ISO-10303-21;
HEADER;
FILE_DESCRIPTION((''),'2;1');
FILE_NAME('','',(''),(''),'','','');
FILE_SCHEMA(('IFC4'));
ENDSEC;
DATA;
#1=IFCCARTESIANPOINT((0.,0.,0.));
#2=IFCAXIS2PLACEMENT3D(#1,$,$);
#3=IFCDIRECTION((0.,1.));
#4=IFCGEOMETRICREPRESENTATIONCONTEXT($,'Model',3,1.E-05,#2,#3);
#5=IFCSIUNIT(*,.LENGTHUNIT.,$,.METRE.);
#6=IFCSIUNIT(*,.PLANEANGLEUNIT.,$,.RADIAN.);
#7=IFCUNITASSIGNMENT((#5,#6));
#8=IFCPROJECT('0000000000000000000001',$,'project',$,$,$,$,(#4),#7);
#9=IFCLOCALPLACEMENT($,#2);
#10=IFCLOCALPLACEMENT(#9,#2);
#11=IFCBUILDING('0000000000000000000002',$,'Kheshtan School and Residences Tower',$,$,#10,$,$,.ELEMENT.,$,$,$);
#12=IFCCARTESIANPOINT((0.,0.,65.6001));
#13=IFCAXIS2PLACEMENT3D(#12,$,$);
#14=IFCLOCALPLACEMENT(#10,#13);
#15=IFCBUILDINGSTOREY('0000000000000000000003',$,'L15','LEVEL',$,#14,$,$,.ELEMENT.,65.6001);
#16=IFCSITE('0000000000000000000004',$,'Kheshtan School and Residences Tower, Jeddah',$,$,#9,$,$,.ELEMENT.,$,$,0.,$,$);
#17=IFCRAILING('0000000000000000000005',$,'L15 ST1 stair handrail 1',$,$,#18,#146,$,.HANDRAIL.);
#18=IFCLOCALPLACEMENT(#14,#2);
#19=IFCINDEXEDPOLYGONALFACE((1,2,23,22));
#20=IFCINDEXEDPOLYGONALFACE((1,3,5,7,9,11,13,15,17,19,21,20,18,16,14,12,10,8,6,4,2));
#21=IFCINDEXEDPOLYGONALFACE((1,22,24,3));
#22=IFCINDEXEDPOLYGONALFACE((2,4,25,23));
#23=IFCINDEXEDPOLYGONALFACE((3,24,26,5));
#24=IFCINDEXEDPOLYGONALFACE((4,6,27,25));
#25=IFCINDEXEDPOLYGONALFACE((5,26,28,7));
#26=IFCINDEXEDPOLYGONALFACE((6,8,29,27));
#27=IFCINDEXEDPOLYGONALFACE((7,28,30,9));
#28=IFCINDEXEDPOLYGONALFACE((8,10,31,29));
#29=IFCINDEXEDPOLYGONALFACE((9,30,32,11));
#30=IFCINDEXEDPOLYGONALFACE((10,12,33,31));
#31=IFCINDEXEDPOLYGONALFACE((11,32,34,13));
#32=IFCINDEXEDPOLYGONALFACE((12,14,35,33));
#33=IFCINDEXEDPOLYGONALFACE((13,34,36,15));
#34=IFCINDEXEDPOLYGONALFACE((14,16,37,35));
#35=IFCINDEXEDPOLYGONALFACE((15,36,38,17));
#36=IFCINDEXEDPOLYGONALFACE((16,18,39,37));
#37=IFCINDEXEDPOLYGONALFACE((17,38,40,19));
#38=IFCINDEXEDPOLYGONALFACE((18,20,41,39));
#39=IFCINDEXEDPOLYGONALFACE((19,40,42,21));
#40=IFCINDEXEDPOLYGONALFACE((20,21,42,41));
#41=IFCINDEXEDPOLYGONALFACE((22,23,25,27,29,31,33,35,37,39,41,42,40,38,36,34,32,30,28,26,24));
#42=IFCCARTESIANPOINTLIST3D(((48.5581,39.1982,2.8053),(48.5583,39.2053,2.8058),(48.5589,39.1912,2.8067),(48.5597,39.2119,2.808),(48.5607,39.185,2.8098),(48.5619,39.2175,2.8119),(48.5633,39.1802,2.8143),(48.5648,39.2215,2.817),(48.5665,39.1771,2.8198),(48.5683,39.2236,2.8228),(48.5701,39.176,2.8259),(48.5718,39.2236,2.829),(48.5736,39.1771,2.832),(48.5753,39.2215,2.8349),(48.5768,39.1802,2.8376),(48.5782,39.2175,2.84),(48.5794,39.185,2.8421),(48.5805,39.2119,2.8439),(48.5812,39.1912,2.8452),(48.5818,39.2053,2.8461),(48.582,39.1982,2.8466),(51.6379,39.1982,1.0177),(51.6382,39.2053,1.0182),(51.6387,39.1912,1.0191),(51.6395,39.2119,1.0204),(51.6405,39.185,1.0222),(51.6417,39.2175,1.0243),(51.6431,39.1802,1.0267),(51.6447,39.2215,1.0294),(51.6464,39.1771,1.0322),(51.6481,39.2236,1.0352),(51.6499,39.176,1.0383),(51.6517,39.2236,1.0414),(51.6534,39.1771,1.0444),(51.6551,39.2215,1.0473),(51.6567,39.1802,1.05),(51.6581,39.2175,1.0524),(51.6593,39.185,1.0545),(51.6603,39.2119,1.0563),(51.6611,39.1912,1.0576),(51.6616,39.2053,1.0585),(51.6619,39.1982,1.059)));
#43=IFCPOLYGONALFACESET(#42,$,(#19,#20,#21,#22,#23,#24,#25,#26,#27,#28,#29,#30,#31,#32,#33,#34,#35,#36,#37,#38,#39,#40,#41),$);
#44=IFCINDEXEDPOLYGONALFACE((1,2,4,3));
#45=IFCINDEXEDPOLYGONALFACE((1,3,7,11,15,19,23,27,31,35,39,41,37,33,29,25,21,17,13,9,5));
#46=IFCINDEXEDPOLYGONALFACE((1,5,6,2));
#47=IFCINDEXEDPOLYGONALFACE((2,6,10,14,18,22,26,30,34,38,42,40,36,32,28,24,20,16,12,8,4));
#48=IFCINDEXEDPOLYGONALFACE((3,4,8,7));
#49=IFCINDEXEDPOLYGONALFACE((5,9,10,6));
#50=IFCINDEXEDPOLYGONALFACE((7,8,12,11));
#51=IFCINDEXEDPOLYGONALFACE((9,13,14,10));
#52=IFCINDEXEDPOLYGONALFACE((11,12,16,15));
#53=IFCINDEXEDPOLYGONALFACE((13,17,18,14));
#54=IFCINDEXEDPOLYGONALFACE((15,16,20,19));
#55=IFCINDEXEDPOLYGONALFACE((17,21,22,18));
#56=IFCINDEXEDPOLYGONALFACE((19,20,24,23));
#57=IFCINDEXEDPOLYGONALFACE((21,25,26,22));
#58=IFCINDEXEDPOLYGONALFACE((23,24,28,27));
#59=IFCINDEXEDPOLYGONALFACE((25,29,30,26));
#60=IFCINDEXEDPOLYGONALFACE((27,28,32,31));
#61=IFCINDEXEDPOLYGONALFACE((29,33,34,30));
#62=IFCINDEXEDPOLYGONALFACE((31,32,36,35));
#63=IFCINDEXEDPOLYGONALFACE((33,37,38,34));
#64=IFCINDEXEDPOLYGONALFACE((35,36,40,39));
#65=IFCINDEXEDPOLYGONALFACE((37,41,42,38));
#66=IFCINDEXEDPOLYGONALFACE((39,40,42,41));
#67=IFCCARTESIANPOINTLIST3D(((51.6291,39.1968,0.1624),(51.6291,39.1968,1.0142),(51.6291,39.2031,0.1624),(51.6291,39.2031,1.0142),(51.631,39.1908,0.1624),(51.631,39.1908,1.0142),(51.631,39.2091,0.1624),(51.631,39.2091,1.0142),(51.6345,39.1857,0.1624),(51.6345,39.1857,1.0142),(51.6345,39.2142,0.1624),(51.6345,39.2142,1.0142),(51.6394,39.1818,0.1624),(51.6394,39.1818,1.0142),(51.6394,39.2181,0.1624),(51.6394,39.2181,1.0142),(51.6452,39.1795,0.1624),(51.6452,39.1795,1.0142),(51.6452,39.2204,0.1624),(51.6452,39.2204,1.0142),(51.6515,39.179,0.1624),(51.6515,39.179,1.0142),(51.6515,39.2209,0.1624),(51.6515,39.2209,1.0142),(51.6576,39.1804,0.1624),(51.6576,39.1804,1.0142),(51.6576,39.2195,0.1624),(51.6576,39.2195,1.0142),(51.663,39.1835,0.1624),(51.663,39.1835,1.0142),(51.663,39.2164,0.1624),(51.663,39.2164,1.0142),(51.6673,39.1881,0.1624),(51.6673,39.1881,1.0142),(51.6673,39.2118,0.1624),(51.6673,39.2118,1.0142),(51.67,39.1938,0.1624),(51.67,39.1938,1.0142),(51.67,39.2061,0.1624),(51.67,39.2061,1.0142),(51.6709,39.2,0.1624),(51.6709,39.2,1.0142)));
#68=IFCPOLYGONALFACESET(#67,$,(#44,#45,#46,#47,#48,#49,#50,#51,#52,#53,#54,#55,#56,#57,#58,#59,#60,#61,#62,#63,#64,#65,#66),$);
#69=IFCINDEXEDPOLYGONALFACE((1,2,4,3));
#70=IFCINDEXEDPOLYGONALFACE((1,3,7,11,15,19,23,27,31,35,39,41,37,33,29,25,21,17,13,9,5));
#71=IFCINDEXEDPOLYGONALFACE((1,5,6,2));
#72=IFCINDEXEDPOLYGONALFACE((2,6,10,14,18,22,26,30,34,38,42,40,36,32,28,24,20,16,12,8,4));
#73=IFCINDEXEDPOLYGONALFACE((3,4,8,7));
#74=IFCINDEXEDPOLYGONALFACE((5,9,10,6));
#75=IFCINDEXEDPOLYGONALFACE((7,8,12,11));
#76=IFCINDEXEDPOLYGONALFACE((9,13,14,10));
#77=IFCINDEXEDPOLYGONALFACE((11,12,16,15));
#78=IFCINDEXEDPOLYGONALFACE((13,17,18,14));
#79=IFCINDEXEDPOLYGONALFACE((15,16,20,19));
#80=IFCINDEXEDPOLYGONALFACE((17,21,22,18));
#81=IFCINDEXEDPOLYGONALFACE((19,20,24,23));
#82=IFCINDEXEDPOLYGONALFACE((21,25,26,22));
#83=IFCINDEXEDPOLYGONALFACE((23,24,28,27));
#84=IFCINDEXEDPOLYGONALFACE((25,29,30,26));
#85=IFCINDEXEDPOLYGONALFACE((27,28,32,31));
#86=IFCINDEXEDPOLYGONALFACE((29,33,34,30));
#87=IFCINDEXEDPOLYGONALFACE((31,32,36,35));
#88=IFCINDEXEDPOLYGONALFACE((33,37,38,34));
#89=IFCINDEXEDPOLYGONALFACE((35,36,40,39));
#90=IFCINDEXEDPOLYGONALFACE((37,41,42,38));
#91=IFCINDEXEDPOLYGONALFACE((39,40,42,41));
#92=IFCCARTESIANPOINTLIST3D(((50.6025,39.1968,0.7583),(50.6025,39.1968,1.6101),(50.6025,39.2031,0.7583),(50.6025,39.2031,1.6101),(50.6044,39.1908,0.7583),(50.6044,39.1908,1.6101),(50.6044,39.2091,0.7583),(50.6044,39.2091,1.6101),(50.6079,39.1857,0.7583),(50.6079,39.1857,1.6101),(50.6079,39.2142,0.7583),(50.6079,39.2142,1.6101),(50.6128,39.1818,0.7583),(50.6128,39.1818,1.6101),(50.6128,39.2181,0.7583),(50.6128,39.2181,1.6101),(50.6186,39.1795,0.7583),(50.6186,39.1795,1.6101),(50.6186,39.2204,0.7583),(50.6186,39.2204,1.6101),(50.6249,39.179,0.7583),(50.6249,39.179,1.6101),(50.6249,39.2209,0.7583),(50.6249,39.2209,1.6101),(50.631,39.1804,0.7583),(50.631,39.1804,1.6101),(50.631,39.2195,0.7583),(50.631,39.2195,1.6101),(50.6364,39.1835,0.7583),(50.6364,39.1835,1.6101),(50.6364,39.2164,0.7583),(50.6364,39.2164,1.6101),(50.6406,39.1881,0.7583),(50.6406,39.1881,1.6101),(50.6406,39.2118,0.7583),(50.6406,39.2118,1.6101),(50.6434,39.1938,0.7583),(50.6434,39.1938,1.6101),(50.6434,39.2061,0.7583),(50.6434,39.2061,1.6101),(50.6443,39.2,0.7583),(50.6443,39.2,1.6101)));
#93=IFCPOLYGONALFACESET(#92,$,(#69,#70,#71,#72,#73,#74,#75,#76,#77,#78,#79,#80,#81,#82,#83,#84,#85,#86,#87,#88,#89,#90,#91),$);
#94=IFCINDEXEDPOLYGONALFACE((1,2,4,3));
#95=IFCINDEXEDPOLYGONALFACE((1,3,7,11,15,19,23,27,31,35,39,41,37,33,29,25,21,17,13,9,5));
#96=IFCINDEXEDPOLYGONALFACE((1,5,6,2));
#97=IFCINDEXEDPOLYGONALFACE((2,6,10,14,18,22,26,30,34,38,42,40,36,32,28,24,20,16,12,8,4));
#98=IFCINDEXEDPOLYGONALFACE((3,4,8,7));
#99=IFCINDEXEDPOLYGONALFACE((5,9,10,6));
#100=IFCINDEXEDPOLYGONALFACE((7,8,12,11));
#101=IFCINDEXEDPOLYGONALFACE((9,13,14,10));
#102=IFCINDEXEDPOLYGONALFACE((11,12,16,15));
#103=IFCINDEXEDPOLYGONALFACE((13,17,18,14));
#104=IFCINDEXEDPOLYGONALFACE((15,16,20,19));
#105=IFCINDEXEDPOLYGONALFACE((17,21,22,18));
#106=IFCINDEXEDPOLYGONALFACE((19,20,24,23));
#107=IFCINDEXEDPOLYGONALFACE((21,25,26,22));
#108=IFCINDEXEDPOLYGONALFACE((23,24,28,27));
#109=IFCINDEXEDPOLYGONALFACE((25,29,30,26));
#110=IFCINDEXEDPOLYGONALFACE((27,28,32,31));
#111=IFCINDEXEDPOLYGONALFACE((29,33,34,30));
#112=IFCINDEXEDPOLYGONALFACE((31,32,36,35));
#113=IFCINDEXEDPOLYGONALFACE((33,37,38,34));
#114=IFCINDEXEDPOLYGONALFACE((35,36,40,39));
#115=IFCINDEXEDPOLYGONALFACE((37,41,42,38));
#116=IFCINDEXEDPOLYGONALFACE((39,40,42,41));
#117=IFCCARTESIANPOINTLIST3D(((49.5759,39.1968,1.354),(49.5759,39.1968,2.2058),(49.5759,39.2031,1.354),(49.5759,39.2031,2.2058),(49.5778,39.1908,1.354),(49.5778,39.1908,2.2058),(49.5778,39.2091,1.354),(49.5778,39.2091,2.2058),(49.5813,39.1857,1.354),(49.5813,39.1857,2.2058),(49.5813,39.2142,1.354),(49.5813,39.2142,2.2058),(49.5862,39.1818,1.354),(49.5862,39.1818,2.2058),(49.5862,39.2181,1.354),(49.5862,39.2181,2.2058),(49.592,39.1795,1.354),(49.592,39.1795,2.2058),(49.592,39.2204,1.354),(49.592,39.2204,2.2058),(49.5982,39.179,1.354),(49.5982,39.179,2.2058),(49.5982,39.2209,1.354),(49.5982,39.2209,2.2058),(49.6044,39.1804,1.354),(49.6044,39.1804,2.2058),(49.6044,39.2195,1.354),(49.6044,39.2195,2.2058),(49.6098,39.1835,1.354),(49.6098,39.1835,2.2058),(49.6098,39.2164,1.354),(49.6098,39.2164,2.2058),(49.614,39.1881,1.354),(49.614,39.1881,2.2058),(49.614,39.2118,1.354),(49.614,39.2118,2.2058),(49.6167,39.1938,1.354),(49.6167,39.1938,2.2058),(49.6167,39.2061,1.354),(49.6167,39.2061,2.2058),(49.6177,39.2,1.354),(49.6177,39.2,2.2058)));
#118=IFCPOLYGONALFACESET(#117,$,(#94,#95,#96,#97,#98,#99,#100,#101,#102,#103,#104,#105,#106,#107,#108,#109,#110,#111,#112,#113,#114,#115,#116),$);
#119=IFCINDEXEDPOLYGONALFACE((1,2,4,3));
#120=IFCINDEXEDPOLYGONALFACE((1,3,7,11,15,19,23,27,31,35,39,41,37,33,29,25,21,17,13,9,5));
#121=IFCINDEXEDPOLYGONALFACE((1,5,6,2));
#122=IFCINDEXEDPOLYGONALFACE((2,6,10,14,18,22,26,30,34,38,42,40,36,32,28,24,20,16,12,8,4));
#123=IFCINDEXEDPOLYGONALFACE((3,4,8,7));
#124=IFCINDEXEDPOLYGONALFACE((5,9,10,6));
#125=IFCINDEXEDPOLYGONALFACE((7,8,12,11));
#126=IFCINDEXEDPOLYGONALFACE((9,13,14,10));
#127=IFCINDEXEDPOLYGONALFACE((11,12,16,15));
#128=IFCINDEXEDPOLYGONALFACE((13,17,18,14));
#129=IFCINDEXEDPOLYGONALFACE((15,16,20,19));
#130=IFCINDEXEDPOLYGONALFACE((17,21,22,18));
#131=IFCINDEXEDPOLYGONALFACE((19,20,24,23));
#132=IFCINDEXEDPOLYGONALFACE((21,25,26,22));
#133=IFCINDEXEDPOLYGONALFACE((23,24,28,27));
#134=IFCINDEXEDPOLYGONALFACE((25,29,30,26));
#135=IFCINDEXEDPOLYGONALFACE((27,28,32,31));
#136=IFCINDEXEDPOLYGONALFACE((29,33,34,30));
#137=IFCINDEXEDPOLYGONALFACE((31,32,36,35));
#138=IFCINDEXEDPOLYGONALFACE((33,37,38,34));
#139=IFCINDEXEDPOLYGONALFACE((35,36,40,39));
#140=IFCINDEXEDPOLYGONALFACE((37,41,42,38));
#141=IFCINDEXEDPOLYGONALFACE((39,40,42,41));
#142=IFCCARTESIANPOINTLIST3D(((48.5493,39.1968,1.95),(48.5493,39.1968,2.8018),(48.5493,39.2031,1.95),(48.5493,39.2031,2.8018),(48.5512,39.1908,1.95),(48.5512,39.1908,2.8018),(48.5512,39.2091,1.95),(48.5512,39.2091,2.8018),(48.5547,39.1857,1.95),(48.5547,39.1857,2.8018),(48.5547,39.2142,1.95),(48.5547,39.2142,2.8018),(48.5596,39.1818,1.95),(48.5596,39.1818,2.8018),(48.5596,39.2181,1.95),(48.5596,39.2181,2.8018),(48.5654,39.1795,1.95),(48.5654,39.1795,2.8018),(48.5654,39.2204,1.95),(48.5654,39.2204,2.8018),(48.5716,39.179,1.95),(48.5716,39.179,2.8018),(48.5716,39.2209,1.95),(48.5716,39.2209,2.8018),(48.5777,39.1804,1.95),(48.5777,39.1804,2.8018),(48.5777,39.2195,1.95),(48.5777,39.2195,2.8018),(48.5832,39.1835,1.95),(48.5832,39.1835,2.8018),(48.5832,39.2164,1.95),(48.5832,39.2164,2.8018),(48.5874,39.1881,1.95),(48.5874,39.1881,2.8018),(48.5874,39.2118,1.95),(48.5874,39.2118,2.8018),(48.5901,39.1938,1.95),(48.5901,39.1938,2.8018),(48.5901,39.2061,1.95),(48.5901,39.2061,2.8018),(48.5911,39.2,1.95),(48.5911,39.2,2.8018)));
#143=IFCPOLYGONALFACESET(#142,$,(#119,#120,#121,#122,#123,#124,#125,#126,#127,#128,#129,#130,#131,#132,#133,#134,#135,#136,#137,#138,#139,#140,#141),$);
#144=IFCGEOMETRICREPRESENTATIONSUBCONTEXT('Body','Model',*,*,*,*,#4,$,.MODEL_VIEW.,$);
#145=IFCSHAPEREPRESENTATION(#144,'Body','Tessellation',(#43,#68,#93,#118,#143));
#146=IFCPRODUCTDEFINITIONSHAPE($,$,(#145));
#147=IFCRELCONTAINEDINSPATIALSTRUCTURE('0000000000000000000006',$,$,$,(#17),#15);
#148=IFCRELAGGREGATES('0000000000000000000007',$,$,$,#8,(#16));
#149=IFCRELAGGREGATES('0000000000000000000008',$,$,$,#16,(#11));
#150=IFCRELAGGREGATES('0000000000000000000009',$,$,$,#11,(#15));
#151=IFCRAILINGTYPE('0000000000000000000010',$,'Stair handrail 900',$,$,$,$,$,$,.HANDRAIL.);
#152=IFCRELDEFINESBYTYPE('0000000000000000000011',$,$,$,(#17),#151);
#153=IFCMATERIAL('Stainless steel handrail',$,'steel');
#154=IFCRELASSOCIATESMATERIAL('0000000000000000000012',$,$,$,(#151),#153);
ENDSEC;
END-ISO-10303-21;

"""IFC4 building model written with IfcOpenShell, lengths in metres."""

from ifc_helpers import new_model, si_unit, direction, frame, origin, origin_2d, place, context, subcontext, project, spatial, circle, extrude, material, type_object, element, save


model = new_model("IFC4")

# Units and contexts
model_context = context("Model", 3, precision=1e-05, world=origin(), true_north=direction((0.0, 1.0)))
body_context = subcontext(model_context, "Body", "Model", "MODEL_VIEW")
ifc_project = project(units=[si_unit("LENGTHUNIT", "METRE"), si_unit("PLANEANGLEUNIT", "RADIAN")], contexts=[model_context])

# Site, building, storey
site_placement = place(None, origin())
site = spatial("IfcSite", under=ifc_project, at=site_placement, Name="Kheshtan School and Residences Tower, Jeddah", CompositionType="ELEMENT", RefElevation=0.0)
building_placement = place(site_placement, origin())
building = spatial("IfcBuilding", under=site, at=building_placement, Name="Kheshtan School and Residences Tower", CompositionType="ELEMENT")
storey_placement = place(building_placement, frame((0.0, 0.0, 65.6001)))
storey = spatial("IfcBuildingStorey", under=building, at=storey_placement, Name="L15", Description="LEVEL", CompositionType="ELEMENT", Elevation=65.6001)

# Railing
ifc_material_1 = material(Name="Stainless steel handrail", Category="steel")
railing_type_1 = type_object("IfcRailingType", Name="Stair handrail 900", PredefinedType="HANDRAIL", material=ifc_material_1)
railing_1_placement = place(storey_placement, frame((51.6499, 39.2, 0.1624)))
element("IfcRailing", 1, at=railing_1_placement, inside=storey, type_object=railing_type_1, Name="L15 ST1 stair handrail 1", PredefinedType="HANDRAIL", context=body_context, shape_type="SweptSolid", body=[
    extrude(circle(Radius=0.0239, at=origin_2d()), frame((0.0, 0.0, 0.876), z_axis=(-0.864873, 0.0, 0.50199), x_axis=(0.0, -1.0, 0.0)), (0.0, 0.0, 1.0), 3.561),
    extrude(circle(Radius=0.021, at=origin_2d()), origin(), (0.0, 0.0, 1.0), 0.8518),
    extrude(circle(Radius=0.021, at=origin_2d()), frame((-1.0266, 0.0, 0.5959)), (0.0, 0.0, 1.0), 0.8518),
    extrude(circle(Radius=0.021, at=origin_2d()), frame((-2.0532, 0.0, 1.1917)), (0.0, 0.0, 1.0), 0.8518),
    extrude(circle(Radius=0.021, at=origin_2d()), frame((-3.0798, 0.0, 1.7876)), (0.0, 0.0, 1.0), 0.8518),
])

save(model, "model.ifc")
